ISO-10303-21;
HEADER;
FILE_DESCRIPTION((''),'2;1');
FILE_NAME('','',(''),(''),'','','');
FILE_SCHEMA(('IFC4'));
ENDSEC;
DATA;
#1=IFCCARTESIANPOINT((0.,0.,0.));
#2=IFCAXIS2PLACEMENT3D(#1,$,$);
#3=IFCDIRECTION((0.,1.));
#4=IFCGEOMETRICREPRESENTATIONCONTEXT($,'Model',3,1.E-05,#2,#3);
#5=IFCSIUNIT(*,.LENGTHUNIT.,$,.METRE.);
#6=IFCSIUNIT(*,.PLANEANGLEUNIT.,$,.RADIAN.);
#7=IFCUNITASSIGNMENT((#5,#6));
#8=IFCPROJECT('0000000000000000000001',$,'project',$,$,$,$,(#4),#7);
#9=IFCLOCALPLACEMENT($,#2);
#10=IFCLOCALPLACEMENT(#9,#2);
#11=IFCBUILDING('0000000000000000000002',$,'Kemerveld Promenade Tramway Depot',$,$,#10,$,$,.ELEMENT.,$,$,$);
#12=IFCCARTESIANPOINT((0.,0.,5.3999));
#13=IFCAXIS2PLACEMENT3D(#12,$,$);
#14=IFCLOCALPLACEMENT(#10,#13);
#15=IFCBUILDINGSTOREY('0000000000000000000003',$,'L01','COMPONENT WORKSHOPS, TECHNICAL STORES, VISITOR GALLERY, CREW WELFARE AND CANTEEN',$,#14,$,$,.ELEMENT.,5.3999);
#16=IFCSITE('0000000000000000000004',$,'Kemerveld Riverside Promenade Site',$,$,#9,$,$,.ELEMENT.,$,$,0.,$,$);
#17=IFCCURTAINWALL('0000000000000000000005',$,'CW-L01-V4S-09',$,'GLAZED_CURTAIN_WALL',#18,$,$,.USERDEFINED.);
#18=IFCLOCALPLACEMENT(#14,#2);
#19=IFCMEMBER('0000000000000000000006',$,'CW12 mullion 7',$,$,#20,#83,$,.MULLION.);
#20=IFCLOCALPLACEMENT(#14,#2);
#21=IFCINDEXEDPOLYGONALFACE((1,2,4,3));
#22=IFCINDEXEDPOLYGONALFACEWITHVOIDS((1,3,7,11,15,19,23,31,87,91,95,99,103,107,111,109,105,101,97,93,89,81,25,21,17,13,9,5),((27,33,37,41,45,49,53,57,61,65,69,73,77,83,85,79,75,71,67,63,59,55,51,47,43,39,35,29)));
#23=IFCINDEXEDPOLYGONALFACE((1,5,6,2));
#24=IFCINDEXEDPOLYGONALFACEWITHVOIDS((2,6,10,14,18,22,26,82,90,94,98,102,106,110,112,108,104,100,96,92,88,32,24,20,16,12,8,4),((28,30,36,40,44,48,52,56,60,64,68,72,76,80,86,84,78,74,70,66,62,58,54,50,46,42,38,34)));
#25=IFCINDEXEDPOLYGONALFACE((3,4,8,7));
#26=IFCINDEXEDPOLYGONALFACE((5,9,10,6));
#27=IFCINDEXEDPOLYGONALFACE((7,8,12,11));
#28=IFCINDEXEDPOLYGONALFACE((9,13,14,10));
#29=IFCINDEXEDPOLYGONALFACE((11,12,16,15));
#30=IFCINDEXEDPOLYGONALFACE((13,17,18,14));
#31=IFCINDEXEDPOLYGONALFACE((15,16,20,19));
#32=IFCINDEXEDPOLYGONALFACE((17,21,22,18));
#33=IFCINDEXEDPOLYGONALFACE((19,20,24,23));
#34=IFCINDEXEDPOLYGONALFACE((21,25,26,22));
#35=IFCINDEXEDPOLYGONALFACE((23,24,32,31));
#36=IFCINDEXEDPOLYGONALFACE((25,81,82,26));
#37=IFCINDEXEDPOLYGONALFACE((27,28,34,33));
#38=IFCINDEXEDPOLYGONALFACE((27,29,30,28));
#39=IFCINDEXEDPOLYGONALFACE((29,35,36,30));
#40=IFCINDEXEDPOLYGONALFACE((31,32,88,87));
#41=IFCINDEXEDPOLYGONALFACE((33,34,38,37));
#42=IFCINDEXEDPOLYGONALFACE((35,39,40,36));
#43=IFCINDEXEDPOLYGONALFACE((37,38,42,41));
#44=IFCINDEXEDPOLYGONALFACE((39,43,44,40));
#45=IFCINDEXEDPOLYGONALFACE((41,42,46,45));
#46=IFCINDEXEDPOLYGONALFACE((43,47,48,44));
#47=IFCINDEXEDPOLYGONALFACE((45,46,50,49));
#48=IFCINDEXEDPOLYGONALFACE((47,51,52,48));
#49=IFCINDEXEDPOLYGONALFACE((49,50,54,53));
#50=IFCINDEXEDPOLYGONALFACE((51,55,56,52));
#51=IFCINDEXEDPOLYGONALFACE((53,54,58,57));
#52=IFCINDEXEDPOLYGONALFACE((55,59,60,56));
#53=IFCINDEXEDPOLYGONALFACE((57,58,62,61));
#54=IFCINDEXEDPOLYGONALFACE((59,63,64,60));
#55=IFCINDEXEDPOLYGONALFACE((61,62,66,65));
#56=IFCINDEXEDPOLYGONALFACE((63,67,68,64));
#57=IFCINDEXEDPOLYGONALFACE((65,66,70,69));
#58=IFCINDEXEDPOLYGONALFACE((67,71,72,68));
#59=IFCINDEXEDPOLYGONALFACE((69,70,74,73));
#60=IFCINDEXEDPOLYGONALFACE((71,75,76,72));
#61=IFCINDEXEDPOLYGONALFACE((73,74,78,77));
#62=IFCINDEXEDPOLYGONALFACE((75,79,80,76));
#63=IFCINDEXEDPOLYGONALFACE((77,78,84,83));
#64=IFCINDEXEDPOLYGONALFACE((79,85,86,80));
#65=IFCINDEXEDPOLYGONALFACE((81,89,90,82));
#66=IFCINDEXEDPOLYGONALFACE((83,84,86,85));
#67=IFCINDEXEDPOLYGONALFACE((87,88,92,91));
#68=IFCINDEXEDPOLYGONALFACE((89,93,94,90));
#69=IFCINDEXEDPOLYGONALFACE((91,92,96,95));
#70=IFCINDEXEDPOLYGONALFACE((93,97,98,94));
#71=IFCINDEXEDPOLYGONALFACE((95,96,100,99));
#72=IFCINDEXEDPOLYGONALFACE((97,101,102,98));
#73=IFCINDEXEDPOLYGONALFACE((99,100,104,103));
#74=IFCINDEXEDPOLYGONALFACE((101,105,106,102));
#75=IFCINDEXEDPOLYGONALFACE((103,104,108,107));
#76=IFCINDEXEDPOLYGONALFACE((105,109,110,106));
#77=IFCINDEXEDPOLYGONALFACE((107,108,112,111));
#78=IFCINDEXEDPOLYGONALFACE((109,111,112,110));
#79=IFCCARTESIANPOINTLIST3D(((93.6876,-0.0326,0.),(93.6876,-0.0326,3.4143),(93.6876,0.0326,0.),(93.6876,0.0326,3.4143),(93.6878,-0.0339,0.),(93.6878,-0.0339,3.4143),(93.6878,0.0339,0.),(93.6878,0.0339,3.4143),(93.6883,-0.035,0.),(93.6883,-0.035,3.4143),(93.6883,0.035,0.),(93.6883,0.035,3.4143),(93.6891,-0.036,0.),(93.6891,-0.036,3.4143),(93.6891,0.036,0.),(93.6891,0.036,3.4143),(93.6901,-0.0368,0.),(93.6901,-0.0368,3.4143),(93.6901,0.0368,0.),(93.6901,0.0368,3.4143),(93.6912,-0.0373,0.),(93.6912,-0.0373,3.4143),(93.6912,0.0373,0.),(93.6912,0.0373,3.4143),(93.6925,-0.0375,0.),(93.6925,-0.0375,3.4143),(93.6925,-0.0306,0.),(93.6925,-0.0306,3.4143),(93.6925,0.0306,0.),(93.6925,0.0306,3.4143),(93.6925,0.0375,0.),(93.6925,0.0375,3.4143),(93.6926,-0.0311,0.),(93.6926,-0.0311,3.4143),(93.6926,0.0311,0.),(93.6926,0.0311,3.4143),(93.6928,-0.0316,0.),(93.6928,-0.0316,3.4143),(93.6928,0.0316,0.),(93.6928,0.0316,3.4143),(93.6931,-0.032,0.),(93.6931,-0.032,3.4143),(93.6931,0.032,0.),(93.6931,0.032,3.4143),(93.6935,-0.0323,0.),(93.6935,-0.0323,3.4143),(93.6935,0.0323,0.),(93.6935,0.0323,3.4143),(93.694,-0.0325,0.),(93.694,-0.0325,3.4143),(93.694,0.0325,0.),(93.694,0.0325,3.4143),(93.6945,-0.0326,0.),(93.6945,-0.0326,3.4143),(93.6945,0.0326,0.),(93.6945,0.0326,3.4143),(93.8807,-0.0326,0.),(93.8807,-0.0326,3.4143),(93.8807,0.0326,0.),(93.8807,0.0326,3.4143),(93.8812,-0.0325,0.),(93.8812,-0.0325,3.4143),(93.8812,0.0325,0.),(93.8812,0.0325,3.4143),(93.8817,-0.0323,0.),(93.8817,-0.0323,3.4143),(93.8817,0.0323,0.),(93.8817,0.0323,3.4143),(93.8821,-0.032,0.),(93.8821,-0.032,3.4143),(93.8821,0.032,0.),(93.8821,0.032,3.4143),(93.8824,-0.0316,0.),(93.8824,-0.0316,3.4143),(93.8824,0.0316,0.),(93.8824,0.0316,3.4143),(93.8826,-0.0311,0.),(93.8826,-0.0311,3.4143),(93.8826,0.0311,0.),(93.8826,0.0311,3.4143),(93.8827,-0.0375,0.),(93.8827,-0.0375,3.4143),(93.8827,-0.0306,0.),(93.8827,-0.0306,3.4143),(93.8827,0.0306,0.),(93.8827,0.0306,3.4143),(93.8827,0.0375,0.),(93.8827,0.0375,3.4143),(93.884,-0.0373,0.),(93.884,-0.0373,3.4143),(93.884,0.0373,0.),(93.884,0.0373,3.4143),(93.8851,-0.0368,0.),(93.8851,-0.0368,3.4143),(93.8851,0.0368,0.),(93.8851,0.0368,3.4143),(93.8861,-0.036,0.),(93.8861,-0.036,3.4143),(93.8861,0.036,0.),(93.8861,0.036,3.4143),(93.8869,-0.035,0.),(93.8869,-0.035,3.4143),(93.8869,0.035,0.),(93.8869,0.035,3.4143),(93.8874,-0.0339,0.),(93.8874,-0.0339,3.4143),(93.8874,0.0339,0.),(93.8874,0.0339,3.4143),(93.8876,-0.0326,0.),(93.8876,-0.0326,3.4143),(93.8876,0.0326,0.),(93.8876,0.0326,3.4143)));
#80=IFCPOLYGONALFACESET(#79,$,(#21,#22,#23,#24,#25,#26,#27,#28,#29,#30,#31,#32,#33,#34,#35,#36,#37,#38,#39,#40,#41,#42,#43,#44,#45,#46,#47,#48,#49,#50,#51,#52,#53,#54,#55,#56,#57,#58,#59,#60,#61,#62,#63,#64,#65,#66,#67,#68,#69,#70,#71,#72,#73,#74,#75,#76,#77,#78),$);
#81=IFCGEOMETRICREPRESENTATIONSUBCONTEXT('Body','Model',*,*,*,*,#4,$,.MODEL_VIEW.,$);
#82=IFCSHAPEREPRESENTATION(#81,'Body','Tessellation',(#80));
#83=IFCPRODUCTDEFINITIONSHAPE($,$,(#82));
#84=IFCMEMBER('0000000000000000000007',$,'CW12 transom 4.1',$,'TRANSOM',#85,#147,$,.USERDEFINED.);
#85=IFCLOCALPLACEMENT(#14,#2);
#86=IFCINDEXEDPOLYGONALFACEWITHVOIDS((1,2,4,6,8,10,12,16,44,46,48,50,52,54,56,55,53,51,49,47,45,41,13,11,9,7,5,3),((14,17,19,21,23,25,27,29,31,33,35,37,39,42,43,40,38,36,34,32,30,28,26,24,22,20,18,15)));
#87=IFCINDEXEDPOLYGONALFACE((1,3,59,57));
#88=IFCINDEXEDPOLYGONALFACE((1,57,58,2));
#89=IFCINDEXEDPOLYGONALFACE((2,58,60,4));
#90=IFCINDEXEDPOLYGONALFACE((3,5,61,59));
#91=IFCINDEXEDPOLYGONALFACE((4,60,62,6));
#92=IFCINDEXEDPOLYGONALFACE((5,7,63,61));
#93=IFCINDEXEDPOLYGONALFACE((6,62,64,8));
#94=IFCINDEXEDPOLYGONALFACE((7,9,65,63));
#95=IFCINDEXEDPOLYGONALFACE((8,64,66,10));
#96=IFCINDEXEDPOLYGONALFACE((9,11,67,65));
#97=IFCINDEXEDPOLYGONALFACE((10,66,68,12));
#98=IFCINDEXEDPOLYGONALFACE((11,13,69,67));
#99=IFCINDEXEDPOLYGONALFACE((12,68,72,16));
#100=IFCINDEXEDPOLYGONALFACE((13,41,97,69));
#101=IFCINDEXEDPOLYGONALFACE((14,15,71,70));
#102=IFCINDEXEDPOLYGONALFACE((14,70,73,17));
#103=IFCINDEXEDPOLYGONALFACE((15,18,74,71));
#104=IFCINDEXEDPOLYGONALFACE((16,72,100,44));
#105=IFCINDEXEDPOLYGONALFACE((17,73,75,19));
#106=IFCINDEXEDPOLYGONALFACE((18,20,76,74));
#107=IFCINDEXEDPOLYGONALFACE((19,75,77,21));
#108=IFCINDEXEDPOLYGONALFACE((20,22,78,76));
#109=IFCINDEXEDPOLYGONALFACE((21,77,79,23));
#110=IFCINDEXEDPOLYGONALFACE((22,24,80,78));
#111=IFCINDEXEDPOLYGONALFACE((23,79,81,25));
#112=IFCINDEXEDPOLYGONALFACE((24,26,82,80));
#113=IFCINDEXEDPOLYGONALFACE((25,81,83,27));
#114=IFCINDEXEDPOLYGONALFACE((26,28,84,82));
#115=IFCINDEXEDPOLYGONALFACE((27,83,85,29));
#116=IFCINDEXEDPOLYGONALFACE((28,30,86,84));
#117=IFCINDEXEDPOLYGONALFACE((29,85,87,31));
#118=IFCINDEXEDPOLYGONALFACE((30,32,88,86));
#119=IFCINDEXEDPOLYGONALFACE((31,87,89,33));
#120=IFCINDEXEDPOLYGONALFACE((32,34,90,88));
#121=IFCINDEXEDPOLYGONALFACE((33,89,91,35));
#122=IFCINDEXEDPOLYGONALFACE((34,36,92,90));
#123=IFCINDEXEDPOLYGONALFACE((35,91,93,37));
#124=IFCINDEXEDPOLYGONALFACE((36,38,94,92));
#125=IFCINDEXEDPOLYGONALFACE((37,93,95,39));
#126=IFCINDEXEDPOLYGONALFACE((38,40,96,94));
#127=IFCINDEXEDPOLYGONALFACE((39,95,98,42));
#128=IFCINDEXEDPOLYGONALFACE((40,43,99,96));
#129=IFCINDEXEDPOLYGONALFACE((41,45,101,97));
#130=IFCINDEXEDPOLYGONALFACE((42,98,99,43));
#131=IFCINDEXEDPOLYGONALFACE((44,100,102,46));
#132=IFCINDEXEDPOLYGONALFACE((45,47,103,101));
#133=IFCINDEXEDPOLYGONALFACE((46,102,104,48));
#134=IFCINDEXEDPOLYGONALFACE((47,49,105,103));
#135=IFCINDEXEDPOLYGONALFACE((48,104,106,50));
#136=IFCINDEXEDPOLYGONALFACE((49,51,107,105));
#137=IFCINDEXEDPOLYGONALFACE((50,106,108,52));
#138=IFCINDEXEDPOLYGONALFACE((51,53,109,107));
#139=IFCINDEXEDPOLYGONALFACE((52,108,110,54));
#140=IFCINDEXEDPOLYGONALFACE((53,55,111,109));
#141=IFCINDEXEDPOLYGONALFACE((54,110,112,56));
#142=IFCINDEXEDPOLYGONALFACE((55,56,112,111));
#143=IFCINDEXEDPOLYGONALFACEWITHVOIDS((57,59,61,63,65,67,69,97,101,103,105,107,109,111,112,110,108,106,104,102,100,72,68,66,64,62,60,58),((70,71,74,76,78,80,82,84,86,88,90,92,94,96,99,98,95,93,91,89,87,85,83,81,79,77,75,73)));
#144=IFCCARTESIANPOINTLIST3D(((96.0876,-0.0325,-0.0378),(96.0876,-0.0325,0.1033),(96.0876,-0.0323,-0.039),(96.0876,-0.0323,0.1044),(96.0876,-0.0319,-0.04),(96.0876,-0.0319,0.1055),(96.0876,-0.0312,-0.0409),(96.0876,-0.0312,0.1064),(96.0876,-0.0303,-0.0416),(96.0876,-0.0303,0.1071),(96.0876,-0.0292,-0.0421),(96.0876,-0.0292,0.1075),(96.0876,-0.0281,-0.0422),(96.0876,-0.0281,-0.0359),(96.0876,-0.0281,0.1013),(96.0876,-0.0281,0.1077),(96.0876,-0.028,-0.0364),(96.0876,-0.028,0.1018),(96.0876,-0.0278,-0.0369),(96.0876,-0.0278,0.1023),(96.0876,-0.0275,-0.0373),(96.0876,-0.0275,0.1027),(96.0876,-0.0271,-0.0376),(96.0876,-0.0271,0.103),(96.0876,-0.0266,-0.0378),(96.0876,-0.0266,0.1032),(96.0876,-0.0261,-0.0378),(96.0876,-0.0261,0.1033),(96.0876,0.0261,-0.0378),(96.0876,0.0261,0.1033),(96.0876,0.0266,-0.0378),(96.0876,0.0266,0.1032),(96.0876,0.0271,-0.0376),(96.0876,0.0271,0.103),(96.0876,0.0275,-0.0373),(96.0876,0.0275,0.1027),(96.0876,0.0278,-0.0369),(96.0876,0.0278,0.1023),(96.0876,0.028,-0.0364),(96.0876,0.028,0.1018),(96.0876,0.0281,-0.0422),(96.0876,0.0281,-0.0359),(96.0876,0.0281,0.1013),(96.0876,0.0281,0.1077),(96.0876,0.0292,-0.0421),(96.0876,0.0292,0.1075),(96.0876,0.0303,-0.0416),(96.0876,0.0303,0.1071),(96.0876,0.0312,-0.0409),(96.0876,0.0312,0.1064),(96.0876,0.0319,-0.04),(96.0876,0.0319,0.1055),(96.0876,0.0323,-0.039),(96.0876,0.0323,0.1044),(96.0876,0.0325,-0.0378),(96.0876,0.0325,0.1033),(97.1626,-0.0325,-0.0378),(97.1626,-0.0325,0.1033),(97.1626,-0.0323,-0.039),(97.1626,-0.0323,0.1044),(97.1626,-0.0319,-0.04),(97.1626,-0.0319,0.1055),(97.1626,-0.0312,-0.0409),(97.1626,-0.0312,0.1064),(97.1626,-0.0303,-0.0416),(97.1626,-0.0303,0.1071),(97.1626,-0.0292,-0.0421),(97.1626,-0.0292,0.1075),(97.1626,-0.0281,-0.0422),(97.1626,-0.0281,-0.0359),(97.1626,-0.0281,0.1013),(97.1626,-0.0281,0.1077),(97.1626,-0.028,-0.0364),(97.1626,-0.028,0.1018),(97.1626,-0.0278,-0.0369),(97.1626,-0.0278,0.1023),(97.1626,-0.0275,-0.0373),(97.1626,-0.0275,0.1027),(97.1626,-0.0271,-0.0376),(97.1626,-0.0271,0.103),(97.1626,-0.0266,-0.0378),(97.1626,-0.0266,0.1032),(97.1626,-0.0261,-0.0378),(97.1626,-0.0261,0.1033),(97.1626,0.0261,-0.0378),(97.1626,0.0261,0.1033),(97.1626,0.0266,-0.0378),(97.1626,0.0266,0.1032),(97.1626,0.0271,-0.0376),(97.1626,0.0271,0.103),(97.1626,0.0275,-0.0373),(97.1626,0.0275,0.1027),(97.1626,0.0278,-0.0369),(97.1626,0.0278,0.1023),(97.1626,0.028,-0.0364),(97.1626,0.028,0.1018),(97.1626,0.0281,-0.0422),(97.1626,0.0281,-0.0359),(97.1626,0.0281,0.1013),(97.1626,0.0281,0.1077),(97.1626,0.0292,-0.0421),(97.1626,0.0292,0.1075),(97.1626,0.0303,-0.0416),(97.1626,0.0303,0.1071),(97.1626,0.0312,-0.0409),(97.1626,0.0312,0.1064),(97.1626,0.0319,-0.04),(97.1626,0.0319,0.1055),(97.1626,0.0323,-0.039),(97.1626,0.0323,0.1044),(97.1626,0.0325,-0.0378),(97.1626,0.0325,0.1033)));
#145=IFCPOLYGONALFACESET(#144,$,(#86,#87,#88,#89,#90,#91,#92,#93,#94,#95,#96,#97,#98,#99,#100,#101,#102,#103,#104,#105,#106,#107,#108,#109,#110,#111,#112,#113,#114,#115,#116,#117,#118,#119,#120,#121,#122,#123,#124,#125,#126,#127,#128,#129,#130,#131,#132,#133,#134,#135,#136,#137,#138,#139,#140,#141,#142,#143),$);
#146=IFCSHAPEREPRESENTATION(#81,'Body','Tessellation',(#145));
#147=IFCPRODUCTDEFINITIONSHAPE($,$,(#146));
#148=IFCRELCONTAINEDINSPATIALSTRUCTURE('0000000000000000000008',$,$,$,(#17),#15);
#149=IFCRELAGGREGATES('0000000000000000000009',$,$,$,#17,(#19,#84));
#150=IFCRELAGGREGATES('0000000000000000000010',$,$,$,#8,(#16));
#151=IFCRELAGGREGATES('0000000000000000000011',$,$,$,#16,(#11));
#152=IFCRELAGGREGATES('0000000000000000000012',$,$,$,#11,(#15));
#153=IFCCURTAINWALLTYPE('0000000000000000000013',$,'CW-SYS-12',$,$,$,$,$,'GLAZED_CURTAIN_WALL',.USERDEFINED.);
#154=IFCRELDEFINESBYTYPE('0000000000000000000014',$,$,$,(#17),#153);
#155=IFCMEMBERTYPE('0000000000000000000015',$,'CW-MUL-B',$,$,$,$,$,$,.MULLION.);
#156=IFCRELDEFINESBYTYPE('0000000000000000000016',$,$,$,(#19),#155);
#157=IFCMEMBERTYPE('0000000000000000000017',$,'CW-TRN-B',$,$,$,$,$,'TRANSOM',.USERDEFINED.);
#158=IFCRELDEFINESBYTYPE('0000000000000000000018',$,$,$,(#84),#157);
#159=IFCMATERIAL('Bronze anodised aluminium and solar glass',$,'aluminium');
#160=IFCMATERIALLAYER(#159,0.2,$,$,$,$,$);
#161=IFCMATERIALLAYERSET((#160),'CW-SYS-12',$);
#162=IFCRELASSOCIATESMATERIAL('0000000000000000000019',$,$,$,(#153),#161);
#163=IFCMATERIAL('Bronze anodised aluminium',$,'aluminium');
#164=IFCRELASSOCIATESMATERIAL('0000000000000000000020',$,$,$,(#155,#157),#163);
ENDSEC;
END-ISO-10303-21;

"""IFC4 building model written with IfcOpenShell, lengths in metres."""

from ifc_helpers import new_model, si_unit, direction, frame, origin, origin_2d, place, context, subcontext, project, spatial, hollow_rectangle, extrude, material, layer, layer_set, material_profile, profile_set, type_object, element, aggregate, save


model = new_model("IFC4")

# Units and contexts
model_context = context("Model", 3, precision=1e-05, world=origin(), true_north=direction((0.0, 1.0)))
body_context = subcontext(model_context, "Body", "Model", "MODEL_VIEW")
ifc_project = project(units=[si_unit("LENGTHUNIT", "METRE"), si_unit("PLANEANGLEUNIT", "RADIAN")], contexts=[model_context])

# Site, building, storey
site_placement = place(None, origin())
site = spatial("IfcSite", under=ifc_project, at=site_placement, Name="Kemerveld Riverside Promenade Site", CompositionType="ELEMENT", RefElevation=0.0)
building_placement = place(site_placement, origin())
building = spatial("IfcBuilding", under=site, at=building_placement, Name="Kemerveld Promenade Tramway Depot", CompositionType="ELEMENT")
storey_placement = place(building_placement, frame((0.0, 0.0, 5.3999)))
storey = spatial("IfcBuildingStorey", under=building, at=storey_placement, Name="L01", Description="COMPONENT WORKSHOPS, TECHNICAL STORES, VISITOR GALLERY, CREW WELFARE AND CANTEEN", CompositionType="ELEMENT", Elevation=5.3999)

# Curtain wall, members
ifc_material_1 = material(Name="Bronze anodised aluminium and solar glass", Category="aluminium")
ifc_layer_1 = layer(ifc_material_1, 0.2)
ifc_layer_set_1 = layer_set([ifc_layer_1], Name="CW-SYS-12")
curtain_wall_type = type_object("IfcCurtainWallType", Name="CW-SYS-12", ElementType="GLAZED_CURTAIN_WALL", PredefinedType="USERDEFINED", material=ifc_layer_set_1)
curtain_wall_placement = place(storey_placement, origin())
curtain_wall = element("IfcCurtainWall", 1, at=curtain_wall_placement, inside=storey, type_object=curtain_wall_type, Name="CW-L01-V4S-09", ObjectType="GLAZED_CURTAIN_WALL", PredefinedType="USERDEFINED")
ifc_material_2 = material(Name="Bronze anodised aluminium", Category="aluminium")
ifc_material_profile_1 = material_profile(ifc_material_2, hollow_rectangle(XDim=0.075, YDim=0.2, WallThickness=0.0049, InnerFilletRadius=0.002, OuterFilletRadius=0.0049, at=origin_2d()), Name="CW-MUL-200x75")
ifc_profile_set_1 = profile_set([ifc_material_profile_1], Name="Bronze anodised aluminium")
member_type_1 = type_object("IfcMemberType", Name="CW-MUL-B", PredefinedType="MULLION", material=ifc_profile_set_1)
member_1_placement = place(storey_placement, frame((93.7876, 0.0, 0.0), z_axis=(0.0, 0.0, 1.0), x_axis=(0.0, -1.0, 0.0)))
member_1 = element("IfcMember", 2, at=member_1_placement, type_object=member_type_1, Name="CW12 mullion 7", PredefinedType="MULLION", context=body_context, shape_type="SweptSolid", body=[
    extrude(hollow_rectangle(XDim=0.075, YDim=0.2, WallThickness=0.0049, InnerFilletRadius=0.002, OuterFilletRadius=0.0049, at=origin_2d()), origin(), (0.0, 0.0, 1.0), 3.4143),
])
ifc_material_profile_2 = material_profile(ifc_material_2, hollow_rectangle(XDim=0.0649, YDim=0.1499, WallThickness=0.0044, InnerFilletRadius=0.002, OuterFilletRadius=0.0044, at=origin_2d()), Name="CW-TRN-150x65")
ifc_profile_set_2 = profile_set([ifc_material_profile_2], Name="Bronze anodised aluminium")
member_type_2 = type_object("IfcMemberType", Name="CW-TRN-B", ElementType="TRANSOM", PredefinedType="USERDEFINED", material=ifc_profile_set_2)
member_2_placement = place(storey_placement, frame((97.1626, 0.0, 0.0327), z_axis=(-1.0, 0.0, 0.0), x_axis=(0.0, -1.0, 0.0)))
member_2 = element("IfcMember", 3, at=member_2_placement, type_object=member_type_2, Name="CW12 transom 4.1", ObjectType="TRANSOM", PredefinedType="USERDEFINED", context=body_context, shape_type="SweptSolid", body=[
    extrude(hollow_rectangle(XDim=0.0649, YDim=0.1499, WallThickness=0.0044, InnerFilletRadius=0.002, OuterFilletRadius=0.0044, at=origin_2d()), origin(), (0.0, 0.0, 1.0), 1.075),
])
aggregate(curtain_wall, [member_1, member_2])

save(model, "model.ifc")
